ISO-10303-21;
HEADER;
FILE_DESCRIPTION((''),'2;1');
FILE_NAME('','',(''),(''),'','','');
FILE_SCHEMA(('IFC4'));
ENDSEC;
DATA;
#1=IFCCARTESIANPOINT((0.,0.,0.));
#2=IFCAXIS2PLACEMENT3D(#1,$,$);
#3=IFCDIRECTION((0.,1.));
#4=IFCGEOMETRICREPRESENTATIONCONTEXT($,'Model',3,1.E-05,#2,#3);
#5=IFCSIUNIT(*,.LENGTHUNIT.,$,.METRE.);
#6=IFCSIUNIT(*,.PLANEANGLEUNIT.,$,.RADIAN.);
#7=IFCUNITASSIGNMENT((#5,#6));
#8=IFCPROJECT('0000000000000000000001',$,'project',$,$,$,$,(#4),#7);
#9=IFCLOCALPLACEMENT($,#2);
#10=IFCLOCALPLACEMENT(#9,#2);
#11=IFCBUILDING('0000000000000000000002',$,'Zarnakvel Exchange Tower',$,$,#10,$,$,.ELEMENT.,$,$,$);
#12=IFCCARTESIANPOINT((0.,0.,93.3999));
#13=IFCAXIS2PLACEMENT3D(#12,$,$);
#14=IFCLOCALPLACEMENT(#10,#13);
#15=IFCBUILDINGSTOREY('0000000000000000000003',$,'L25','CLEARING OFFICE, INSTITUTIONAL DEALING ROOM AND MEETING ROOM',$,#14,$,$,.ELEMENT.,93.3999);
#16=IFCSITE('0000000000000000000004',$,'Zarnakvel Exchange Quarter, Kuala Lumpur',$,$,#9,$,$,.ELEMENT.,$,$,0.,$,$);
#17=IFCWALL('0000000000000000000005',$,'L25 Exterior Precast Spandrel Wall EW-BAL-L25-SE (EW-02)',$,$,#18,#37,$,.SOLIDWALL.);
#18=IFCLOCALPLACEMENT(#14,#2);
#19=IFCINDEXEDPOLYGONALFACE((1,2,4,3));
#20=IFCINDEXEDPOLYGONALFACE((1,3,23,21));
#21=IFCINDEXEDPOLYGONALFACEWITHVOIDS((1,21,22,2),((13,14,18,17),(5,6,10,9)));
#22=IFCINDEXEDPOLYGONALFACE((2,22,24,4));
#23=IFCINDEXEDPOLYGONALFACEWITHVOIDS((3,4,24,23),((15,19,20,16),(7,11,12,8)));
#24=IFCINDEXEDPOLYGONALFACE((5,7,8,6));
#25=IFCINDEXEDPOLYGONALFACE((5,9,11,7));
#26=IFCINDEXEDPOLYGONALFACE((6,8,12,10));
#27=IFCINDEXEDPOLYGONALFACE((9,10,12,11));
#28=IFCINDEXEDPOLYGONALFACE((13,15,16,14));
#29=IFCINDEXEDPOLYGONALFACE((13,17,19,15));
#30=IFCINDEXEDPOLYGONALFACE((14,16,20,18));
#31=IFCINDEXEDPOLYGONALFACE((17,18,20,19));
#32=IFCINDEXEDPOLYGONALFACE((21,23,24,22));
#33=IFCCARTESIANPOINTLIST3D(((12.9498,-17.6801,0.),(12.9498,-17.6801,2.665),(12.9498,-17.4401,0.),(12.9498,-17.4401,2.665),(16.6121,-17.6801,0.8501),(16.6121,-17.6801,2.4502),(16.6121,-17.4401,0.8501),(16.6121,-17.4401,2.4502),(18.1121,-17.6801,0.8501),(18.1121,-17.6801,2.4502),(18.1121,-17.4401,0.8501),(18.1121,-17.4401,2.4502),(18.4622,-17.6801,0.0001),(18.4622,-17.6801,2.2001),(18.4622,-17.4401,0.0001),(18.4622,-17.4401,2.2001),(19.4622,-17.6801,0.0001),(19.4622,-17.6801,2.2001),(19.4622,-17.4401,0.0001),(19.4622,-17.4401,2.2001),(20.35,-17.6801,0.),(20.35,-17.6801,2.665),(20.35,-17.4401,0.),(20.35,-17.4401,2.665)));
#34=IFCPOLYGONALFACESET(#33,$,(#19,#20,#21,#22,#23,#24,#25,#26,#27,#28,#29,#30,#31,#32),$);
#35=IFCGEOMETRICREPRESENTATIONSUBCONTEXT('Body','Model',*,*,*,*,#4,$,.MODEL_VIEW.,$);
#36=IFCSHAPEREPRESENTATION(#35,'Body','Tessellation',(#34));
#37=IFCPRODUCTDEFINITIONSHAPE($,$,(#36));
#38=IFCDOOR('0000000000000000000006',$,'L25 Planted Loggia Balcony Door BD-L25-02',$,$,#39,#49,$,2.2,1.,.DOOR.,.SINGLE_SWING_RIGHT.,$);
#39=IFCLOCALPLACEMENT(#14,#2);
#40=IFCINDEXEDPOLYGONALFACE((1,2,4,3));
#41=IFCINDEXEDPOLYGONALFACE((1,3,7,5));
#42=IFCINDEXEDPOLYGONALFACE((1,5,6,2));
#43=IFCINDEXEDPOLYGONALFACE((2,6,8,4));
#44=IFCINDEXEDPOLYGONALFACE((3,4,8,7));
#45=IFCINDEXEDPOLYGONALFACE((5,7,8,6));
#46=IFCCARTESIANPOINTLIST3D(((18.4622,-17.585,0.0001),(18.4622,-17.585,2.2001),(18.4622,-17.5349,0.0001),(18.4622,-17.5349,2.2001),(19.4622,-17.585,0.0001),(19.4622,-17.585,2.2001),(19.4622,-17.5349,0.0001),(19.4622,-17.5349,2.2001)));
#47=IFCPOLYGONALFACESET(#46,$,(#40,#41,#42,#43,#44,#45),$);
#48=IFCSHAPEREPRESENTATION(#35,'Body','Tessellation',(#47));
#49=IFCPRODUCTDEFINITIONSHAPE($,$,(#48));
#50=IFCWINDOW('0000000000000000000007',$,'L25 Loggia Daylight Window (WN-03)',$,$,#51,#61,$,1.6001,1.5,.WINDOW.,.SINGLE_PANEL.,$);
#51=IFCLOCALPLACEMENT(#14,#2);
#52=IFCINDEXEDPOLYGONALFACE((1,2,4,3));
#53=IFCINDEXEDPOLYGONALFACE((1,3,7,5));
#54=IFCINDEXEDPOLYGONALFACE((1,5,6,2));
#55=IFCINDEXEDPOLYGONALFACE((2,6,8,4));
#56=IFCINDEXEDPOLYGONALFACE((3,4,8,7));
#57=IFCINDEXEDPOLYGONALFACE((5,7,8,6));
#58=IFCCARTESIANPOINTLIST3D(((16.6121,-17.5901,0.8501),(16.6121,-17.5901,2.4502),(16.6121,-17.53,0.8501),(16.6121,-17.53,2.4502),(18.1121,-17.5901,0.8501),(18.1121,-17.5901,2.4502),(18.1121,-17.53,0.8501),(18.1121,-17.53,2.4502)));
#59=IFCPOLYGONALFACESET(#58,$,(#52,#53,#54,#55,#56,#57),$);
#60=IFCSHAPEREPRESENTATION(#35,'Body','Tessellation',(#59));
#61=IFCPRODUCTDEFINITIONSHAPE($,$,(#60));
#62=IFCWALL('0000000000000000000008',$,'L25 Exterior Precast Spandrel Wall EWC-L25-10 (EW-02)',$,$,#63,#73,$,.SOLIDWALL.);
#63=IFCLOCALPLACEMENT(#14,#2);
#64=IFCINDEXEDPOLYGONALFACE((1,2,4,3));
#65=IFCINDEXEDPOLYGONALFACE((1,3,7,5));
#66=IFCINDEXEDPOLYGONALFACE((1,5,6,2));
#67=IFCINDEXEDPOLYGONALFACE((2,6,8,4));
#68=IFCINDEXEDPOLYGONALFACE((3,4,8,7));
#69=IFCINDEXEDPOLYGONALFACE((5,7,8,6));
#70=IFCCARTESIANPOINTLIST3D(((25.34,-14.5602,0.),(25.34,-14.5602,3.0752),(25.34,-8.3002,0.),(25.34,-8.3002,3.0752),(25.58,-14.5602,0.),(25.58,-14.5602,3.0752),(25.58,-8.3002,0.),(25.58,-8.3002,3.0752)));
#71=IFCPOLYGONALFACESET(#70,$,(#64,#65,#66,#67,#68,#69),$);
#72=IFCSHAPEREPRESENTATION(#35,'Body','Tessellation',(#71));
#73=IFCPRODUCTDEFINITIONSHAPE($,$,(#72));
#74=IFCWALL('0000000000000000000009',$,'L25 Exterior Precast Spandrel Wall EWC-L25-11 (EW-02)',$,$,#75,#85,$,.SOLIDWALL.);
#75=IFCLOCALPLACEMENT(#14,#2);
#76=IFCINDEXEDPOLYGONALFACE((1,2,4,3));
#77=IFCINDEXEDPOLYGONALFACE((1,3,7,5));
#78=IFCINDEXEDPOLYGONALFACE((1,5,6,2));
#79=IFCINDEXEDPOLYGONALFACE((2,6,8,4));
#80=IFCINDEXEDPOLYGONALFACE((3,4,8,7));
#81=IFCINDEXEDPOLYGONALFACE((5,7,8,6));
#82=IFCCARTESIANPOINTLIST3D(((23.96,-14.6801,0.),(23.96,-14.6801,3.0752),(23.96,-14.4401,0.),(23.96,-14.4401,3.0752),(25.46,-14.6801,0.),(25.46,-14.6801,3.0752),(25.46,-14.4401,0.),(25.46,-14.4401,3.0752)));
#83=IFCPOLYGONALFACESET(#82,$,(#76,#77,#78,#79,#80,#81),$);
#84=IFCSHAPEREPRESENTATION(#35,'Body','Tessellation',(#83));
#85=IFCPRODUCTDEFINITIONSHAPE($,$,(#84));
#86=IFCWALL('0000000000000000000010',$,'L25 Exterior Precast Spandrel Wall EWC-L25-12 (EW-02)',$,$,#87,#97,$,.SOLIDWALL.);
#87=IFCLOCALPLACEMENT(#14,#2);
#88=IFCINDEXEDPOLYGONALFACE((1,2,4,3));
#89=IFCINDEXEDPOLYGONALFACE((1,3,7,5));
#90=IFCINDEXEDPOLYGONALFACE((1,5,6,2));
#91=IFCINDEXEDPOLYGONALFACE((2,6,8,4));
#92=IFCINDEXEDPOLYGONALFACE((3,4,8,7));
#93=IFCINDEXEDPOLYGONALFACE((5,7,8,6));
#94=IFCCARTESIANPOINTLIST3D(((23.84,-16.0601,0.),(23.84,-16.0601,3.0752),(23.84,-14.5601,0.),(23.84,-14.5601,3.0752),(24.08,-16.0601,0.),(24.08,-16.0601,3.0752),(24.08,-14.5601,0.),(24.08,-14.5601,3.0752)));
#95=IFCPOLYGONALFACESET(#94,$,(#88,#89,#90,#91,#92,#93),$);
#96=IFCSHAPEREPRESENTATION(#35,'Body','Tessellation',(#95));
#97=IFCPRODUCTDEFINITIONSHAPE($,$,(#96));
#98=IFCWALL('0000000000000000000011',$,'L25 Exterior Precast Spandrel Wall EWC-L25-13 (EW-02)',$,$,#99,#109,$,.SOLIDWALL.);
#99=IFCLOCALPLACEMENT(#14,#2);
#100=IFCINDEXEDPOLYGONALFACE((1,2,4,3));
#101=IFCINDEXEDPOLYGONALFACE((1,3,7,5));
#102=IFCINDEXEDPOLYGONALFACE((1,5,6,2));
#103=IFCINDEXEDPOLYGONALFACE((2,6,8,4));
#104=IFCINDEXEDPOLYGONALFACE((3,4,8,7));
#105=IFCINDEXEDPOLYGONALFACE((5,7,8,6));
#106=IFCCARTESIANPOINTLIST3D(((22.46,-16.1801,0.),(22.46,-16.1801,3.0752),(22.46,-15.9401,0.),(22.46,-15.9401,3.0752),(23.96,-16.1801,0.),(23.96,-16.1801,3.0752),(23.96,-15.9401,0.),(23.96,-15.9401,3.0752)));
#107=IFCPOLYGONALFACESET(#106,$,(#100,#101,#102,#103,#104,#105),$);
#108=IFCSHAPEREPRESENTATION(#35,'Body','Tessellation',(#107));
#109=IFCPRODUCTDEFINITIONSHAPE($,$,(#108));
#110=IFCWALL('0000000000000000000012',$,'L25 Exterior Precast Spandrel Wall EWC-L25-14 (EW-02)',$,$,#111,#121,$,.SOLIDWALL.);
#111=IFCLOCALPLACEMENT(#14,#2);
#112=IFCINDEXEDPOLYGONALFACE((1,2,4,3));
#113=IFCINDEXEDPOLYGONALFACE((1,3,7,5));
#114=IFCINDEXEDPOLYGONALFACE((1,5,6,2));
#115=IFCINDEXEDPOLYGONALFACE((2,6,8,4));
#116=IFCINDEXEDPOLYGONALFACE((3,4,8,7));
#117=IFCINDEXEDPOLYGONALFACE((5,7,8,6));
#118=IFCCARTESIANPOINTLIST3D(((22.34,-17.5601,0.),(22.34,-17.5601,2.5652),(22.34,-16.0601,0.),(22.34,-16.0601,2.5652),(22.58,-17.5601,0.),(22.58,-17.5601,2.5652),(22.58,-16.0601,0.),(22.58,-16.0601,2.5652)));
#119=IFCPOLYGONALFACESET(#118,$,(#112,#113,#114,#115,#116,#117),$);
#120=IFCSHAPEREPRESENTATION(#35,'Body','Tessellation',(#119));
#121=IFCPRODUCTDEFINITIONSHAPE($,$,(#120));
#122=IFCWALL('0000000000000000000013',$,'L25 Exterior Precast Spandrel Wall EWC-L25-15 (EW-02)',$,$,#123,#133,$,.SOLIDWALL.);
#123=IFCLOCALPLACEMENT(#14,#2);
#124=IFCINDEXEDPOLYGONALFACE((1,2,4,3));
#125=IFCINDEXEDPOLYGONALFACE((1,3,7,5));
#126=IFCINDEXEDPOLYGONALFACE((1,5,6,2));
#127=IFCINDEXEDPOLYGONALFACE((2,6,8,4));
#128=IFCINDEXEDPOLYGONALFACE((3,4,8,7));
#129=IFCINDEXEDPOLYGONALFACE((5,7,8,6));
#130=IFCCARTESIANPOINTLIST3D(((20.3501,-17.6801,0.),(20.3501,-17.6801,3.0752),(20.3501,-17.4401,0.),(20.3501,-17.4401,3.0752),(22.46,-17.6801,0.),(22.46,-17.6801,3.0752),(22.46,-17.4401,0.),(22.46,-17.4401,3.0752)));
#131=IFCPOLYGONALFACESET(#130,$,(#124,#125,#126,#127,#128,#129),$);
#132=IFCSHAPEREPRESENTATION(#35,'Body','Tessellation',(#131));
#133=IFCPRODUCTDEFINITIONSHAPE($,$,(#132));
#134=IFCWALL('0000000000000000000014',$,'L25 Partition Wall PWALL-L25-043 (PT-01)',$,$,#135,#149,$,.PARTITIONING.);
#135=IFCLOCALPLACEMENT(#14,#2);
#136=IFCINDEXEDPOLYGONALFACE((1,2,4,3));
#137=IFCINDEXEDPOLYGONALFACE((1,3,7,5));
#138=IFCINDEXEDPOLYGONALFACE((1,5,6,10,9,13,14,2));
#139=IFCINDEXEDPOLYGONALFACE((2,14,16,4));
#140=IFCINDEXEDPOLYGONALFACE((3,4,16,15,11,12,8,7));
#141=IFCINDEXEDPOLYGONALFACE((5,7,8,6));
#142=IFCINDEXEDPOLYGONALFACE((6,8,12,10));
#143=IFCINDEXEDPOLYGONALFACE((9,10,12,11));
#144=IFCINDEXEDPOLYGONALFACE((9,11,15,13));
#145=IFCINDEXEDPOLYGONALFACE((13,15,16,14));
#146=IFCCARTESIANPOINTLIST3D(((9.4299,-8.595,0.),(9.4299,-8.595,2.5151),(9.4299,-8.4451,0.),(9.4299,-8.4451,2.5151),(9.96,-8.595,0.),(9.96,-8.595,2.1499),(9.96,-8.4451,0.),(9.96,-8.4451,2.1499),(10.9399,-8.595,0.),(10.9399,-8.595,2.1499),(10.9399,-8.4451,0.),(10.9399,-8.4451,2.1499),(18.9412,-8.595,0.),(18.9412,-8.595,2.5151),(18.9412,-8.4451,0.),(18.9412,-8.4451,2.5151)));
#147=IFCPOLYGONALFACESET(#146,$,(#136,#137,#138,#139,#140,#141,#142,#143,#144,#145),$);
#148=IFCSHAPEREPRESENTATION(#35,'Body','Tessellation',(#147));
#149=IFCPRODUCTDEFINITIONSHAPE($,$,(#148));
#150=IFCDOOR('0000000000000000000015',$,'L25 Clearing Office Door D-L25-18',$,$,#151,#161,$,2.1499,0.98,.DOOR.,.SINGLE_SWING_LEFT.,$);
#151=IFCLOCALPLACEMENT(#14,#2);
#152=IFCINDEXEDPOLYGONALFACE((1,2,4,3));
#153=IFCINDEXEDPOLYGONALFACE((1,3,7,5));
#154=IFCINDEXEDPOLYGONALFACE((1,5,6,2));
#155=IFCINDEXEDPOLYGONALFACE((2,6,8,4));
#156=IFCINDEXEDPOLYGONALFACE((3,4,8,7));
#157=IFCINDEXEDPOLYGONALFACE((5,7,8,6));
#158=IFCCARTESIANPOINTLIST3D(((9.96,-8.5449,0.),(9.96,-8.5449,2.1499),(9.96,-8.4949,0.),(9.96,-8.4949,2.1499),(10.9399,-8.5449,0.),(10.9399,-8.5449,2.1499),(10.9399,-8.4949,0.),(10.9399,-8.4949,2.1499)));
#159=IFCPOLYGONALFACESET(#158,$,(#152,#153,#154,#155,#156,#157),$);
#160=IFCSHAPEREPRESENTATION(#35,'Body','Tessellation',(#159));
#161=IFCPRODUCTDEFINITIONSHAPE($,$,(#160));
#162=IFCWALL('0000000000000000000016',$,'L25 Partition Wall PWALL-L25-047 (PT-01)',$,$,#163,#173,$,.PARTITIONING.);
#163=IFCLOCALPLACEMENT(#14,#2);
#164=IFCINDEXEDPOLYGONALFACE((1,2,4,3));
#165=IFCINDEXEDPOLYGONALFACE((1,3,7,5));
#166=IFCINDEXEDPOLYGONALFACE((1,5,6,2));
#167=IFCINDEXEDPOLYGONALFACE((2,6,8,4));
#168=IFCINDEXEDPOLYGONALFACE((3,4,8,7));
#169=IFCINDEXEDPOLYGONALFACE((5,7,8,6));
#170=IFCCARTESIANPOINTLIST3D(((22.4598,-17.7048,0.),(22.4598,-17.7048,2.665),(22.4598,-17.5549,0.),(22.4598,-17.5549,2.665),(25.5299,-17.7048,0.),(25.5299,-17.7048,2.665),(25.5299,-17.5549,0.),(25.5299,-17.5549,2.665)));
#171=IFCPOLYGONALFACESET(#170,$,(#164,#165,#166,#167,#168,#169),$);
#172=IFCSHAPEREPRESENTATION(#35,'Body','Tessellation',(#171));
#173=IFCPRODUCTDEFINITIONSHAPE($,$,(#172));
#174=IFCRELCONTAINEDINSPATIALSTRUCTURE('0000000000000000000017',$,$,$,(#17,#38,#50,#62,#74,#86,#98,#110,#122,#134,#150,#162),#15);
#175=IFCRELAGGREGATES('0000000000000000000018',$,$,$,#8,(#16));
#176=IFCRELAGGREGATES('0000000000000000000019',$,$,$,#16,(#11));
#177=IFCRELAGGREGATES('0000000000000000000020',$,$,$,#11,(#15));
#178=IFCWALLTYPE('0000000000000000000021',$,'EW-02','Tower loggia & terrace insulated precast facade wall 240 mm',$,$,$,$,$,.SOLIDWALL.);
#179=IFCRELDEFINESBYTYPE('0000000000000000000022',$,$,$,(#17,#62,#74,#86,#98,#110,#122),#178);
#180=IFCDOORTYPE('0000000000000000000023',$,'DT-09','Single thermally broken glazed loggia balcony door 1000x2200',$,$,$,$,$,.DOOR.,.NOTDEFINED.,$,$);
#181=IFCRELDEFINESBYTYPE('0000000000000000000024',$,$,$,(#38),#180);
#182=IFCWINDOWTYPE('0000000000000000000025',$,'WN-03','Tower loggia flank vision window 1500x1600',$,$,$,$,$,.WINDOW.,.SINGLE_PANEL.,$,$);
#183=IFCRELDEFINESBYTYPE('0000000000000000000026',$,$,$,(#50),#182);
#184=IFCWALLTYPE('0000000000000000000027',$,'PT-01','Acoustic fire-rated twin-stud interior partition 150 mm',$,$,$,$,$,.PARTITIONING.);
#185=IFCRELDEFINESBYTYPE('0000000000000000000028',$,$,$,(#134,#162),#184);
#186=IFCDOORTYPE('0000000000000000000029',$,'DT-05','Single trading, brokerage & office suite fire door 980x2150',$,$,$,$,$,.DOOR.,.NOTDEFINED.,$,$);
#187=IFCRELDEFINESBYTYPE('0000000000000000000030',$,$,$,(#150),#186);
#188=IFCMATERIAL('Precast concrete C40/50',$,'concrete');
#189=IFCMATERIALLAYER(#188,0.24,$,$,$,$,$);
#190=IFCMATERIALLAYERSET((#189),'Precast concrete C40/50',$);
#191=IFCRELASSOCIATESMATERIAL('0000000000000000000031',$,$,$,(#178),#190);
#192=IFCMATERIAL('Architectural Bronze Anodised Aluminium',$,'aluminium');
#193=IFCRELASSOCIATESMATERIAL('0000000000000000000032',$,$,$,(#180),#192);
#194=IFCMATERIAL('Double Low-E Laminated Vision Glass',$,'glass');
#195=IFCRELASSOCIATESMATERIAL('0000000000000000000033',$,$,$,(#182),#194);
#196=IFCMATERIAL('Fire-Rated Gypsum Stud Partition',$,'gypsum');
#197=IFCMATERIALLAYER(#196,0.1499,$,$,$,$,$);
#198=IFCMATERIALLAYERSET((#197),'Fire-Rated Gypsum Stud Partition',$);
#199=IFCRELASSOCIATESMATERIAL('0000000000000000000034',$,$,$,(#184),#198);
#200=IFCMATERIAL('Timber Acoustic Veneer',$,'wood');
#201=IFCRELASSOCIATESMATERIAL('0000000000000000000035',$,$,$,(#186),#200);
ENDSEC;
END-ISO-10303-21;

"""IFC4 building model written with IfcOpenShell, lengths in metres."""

from ifc_helpers import new_model, si_unit, direction, frame, frame_2d, origin, place, context, subcontext, project, spatial, rectangle, extrude, source, transform, mapped, material, layer, layer_set, type_object, element, fill, save


model = new_model("IFC4")

# Units and contexts
model_context = context("Model", 3, precision=1e-05, world=origin(), true_north=direction((0.0, 1.0)))
body_context = subcontext(model_context, "Body", "Model", "MODEL_VIEW")
ifc_project = project(units=[si_unit("LENGTHUNIT", "METRE"), si_unit("PLANEANGLEUNIT", "RADIAN")], contexts=[model_context])

# Site, building, storey
site_placement = place(None, origin())
site = spatial("IfcSite", under=ifc_project, at=site_placement, Name="Zarnakvel Exchange Quarter, Kuala Lumpur", CompositionType="ELEMENT", RefElevation=0.0)
building_placement = place(site_placement, origin())
building = spatial("IfcBuilding", under=site, at=building_placement, Name="Zarnakvel Exchange Tower", CompositionType="ELEMENT")
storey_placement = place(building_placement, frame((0.0, 0.0, 93.3999)))
storey = spatial("IfcBuildingStorey", under=building, at=storey_placement, Name="L25", Description="CLEARING OFFICE, INSTITUTIONAL DEALING ROOM AND MEETING ROOM", CompositionType="ELEMENT", Elevation=93.3999)

# Wall, openings, door, window
ifc_material_1 = material(Name="Precast concrete C40/50", Category="concrete")
ifc_layer_1 = layer(ifc_material_1, 0.24)
ifc_layer_set_1 = layer_set([ifc_layer_1], Name="Precast concrete C40/50")
wall_type_1 = type_object("IfcWallType", Name="EW-02", Description="Tower loggia & terrace insulated precast facade wall 240 mm", PredefinedType="SOLIDWALL", material=ifc_layer_set_1)
wall_1_placement = place(storey_placement, frame((20.3501, -17.5601, 0.0), z_axis=(0.0, 0.0, 1.0), x_axis=(-1.0, 0.0, 0.0)))
wall_1 = element("IfcWall", 1, at=wall_1_placement, inside=storey, type_object=wall_type_1, Name="L25 Exterior Precast Spandrel Wall EW-BAL-L25-SE (EW-02)", PredefinedType="SOLIDWALL", context=body_context, shape_type="SweptSolid", body=[
    extrude(rectangle(XDim=7.4001, YDim=0.24, at=frame_2d((3.7002, 0.0))), origin(), (0.0, 0.0, 1.0), 2.665),
])
opening_1_placement = place(wall_1_placement, frame((0.8879, 0.0, 0.0)))
opening_1 = element("IfcOpeningElement", 2, at=opening_1_placement, cuts=wall_1, PredefinedType="OPENING", context=body_context, shape_type="SweptSolid", body=[
    extrude(rectangle(XDim=1.0, YDim=2.2, at=frame_2d((0.5, 1.1001))), frame((0.0, 0.1299, 0.0), z_axis=(0.0, -1.0, 0.0), x_axis=(1.0, 0.0, 0.0)), (0.0, 0.0, 1.0), 0.26),
])
opening_2_placement = place(wall_1_placement, frame((2.238, 0.0, 0.8501)))
opening_2 = element("IfcOpeningElement", 3, at=opening_2_placement, cuts=wall_1, PredefinedType="OPENING", context=body_context, shape_type="SweptSolid", body=[
    extrude(rectangle(XDim=1.5, YDim=1.6001, at=frame_2d((0.75, 0.8))), frame((0.0, 0.1299, 0.0), z_axis=(0.0, -1.0, 0.0), x_axis=(1.0, 0.0, 0.0)), (0.0, 0.0, 1.0), 0.26),
])
ifc_material_2 = material(Name="Architectural Bronze Anodised Aluminium", Category="aluminium")
door_type_1 = type_object("IfcDoorType", Name="DT-09", Description="Single thermally broken glazed loggia balcony door 1000x2200", OperationType="NOTDEFINED", PredefinedType="DOOR", material=ifc_material_2)
shared_shape_1 = source(origin(), body_context, "Body", "SweptSolid", [
    extrude(rectangle(XDim=1.0, YDim=2.2, at=frame_2d((0.5, 1.1001))), frame((0.0, 0.0249, 0.0), z_axis=(0.0, -1.0, 0.0), x_axis=(1.0, 0.0, 0.0)), (0.0, 0.0, 1.0), 0.05),
])
door_1_placement = place(opening_1_placement, origin())
door_1 = element("IfcDoor", 4, at=door_1_placement, inside=storey, type_object=door_type_1, Name="L25 Planted Loggia Balcony Door BD-L25-02", OperationType="SINGLE_SWING_RIGHT", OverallHeight=2.2, OverallWidth=1.0, PredefinedType="DOOR", context=body_context, shape_type="MappedRepresentation", body=[
    mapped(shared_shape_1, transform((0.0, 0.0, 0.0), x_axis=(1.0, 0.0, 0.0), y_axis=(0.0, 1.0, 0.0), z_axis=(0.0, 0.0, 1.0), scale=1.0)),
])
fill(opening_1, door_1)
ifc_material_3 = material(Name="Double Low-E Laminated Vision Glass", Category="glass")
window_type = type_object("IfcWindowType", Name="WN-03", Description="Tower loggia flank vision window 1500x1600", PartitioningType="SINGLE_PANEL", PredefinedType="WINDOW", material=ifc_material_3)
shared_shape_2 = source(origin(), body_context, "Body", "SweptSolid", [
    extrude(rectangle(XDim=1.5, YDim=1.6001, at=frame_2d((0.75, 0.8))), frame((0.0, 0.03, 0.0), z_axis=(0.0, -1.0, 0.0), x_axis=(1.0, 0.0, 0.0)), (0.0, 0.0, 1.0), 0.0601),
])
window_placement = place(opening_2_placement, origin())
window = element("IfcWindow", 5, at=window_placement, inside=storey, type_object=window_type, Name="L25 Loggia Daylight Window (WN-03)", OverallHeight=1.6001, OverallWidth=1.5, PartitioningType="SINGLE_PANEL", PredefinedType="WINDOW", context=body_context, shape_type="MappedRepresentation", body=[
    mapped(shared_shape_2, transform((0.0, 0.0, 0.0), x_axis=(1.0, 0.0, 0.0), y_axis=(0.0, 1.0, 0.0), z_axis=(0.0, 0.0, 1.0), scale=1.0)),
])
fill(opening_2, window)

# Walls
wall_2_placement = place(storey_placement, frame((25.46, -14.5601, 0.0), z_axis=(0.0, 0.0, 1.0), x_axis=(0.0, 1.0, 0.0)))
element("IfcWall", 6, at=wall_2_placement, inside=storey, type_object=wall_type_1, Name="L25 Exterior Precast Spandrel Wall EWC-L25-10 (EW-02)", PredefinedType="SOLIDWALL", context=body_context, shape_type="SweptSolid", body=[
    extrude(rectangle(XDim=6.26, YDim=0.24, at=frame_2d((3.1299, 0.0))), origin(), (0.0, 0.0, 1.0), 3.0752),
])
for number, where, z_axis, x_axis, name in (
    (7, (23.96, -14.5601, 0.0), (0.0, 0.0, 1.0), (1.0, 0.0, 0.0), "L25 Exterior Precast Spandrel Wall EWC-L25-11 (EW-02)"),
    (8, (23.96, -16.0601, 0.0), (0.0, 0.0, 1.0), (0.0, 1.0, 0.0), "L25 Exterior Precast Spandrel Wall EWC-L25-12 (EW-02)"),
    (9, (22.46, -16.0601, 0.0), (0.0, 0.0, 1.0), (1.0, 0.0, 0.0), "L25 Exterior Precast Spandrel Wall EWC-L25-13 (EW-02)"),
):
    element("IfcWall", number, at=place(storey_placement, frame(where, z_axis=z_axis, x_axis=x_axis)), inside=storey, type_object=wall_type_1, Name=name, PredefinedType="SOLIDWALL", context=body_context, shape_type="SweptSolid", body=[
        extrude(rectangle(XDim=1.5, YDim=0.24, at=frame_2d((0.75, 0.0))), origin(), (0.0, 0.0, 1.0), 3.0752),
    ])
wall_3_placement = place(storey_placement, frame((22.46, -17.5601, 0.0), z_axis=(0.0, 0.0, 1.0), x_axis=(0.0, 1.0, 0.0)))
element("IfcWall", 10, at=wall_3_placement, inside=storey, type_object=wall_type_1, Name="L25 Exterior Precast Spandrel Wall EWC-L25-14 (EW-02)", PredefinedType="SOLIDWALL", context=body_context, shape_type="SweptSolid", body=[
    extrude(rectangle(XDim=1.5, YDim=0.24, at=frame_2d((0.75, 0.0))), origin(), (0.0, 0.0, 1.0), 2.5652),
])
wall_4_placement = place(storey_placement, frame((20.3501, -17.5601, 0.0), z_axis=(0.0, 0.0, 1.0), x_axis=(1.0, 0.0, 0.0)))
element("IfcWall", 11, at=wall_4_placement, inside=storey, type_object=wall_type_1, Name="L25 Exterior Precast Spandrel Wall EWC-L25-15 (EW-02)", PredefinedType="SOLIDWALL", context=body_context, shape_type="SweptSolid", body=[
    extrude(rectangle(XDim=2.1099, YDim=0.24, at=frame_2d((1.0549, 0.0))), origin(), (0.0, 0.0, 1.0), 3.0752),
])

# Wall, opening, door
ifc_material_4 = material(Name="Fire-Rated Gypsum Stud Partition", Category="gypsum")
ifc_layer_2 = layer(ifc_material_4, 0.1499)
ifc_layer_set_2 = layer_set([ifc_layer_2], Name="Fire-Rated Gypsum Stud Partition")
wall_type_2 = type_object("IfcWallType", Name="PT-01", Description="Acoustic fire-rated twin-stud interior partition 150 mm", PredefinedType="PARTITIONING", material=ifc_layer_set_2)
wall_5_placement = place(storey_placement, frame((18.9412, -8.52, 0.0), z_axis=(0.0, 0.0, 1.0), x_axis=(-1.0, 0.0, 0.0)))
wall_5 = element("IfcWall", 12, at=wall_5_placement, inside=storey, type_object=wall_type_2, Name="L25 Partition Wall PWALL-L25-043 (PT-01)", PredefinedType="PARTITIONING", context=body_context, shape_type="SweptSolid", body=[
    extrude(rectangle(XDim=9.5112, YDim=0.1499, at=frame_2d((4.7556, 0.0))), origin(), (0.0, 0.0, 1.0), 2.5151),
])
opening_3_placement = place(wall_5_placement, frame((8.0012, 0.0, 0.0)))
opening_3 = element("IfcOpeningElement", 13, at=opening_3_placement, cuts=wall_5, PredefinedType="OPENING", context=body_context, shape_type="SweptSolid", body=[
    extrude(rectangle(XDim=0.98, YDim=2.1499, at=frame_2d((0.49, 1.075))), frame((0.0, 0.085, 0.0), z_axis=(0.0, -1.0, 0.0), x_axis=(1.0, 0.0, 0.0)), (0.0, 0.0, 1.0), 0.1699),
])
ifc_material_5 = material(Name="Timber Acoustic Veneer", Category="wood")
door_type_2 = type_object("IfcDoorType", Name="DT-05", Description="Single trading, brokerage & office suite fire door 980x2150", OperationType="NOTDEFINED", PredefinedType="DOOR", material=ifc_material_5)
shared_shape_3 = source(origin(), body_context, "Body", "SweptSolid", [
    extrude(rectangle(XDim=0.98, YDim=2.1499, at=frame_2d((0.49, 1.075))), frame((0.0, 0.0249, 0.0), z_axis=(0.0, -1.0, 0.0), x_axis=(1.0, 0.0, 0.0)), (0.0, 0.0, 1.0), 0.05),
])
door_2_placement = place(opening_3_placement, origin())
door_2 = element("IfcDoor", 14, at=door_2_placement, inside=storey, type_object=door_type_2, Name="L25 Clearing Office Door D-L25-18", OperationType="SINGLE_SWING_LEFT", OverallHeight=2.1499, OverallWidth=0.98, PredefinedType="DOOR", context=body_context, shape_type="MappedRepresentation", body=[
    mapped(shared_shape_3, transform((0.0, 0.0, 0.0), x_axis=(1.0, 0.0, 0.0), y_axis=(0.0, 1.0, 0.0), z_axis=(0.0, 0.0, 1.0), scale=1.0)),
])
fill(opening_3, door_2)

# Wall
wall_6_placement = place(storey_placement, frame((25.53, -17.6299, 0.0), z_axis=(0.0, 0.0, 1.0), x_axis=(-1.0, 0.0, 0.0)))
element("IfcWall", 15, at=wall_6_placement, inside=storey, type_object=wall_type_2, Name="L25 Partition Wall PWALL-L25-047 (PT-01)", PredefinedType="PARTITIONING", context=body_context, shape_type="SweptSolid", body=[
    extrude(rectangle(XDim=3.0701, YDim=0.1499, at=frame_2d((1.5352, 0.0))), origin(), (0.0, 0.0, 1.0), 2.665),
])

save(model, "model.ifc")
